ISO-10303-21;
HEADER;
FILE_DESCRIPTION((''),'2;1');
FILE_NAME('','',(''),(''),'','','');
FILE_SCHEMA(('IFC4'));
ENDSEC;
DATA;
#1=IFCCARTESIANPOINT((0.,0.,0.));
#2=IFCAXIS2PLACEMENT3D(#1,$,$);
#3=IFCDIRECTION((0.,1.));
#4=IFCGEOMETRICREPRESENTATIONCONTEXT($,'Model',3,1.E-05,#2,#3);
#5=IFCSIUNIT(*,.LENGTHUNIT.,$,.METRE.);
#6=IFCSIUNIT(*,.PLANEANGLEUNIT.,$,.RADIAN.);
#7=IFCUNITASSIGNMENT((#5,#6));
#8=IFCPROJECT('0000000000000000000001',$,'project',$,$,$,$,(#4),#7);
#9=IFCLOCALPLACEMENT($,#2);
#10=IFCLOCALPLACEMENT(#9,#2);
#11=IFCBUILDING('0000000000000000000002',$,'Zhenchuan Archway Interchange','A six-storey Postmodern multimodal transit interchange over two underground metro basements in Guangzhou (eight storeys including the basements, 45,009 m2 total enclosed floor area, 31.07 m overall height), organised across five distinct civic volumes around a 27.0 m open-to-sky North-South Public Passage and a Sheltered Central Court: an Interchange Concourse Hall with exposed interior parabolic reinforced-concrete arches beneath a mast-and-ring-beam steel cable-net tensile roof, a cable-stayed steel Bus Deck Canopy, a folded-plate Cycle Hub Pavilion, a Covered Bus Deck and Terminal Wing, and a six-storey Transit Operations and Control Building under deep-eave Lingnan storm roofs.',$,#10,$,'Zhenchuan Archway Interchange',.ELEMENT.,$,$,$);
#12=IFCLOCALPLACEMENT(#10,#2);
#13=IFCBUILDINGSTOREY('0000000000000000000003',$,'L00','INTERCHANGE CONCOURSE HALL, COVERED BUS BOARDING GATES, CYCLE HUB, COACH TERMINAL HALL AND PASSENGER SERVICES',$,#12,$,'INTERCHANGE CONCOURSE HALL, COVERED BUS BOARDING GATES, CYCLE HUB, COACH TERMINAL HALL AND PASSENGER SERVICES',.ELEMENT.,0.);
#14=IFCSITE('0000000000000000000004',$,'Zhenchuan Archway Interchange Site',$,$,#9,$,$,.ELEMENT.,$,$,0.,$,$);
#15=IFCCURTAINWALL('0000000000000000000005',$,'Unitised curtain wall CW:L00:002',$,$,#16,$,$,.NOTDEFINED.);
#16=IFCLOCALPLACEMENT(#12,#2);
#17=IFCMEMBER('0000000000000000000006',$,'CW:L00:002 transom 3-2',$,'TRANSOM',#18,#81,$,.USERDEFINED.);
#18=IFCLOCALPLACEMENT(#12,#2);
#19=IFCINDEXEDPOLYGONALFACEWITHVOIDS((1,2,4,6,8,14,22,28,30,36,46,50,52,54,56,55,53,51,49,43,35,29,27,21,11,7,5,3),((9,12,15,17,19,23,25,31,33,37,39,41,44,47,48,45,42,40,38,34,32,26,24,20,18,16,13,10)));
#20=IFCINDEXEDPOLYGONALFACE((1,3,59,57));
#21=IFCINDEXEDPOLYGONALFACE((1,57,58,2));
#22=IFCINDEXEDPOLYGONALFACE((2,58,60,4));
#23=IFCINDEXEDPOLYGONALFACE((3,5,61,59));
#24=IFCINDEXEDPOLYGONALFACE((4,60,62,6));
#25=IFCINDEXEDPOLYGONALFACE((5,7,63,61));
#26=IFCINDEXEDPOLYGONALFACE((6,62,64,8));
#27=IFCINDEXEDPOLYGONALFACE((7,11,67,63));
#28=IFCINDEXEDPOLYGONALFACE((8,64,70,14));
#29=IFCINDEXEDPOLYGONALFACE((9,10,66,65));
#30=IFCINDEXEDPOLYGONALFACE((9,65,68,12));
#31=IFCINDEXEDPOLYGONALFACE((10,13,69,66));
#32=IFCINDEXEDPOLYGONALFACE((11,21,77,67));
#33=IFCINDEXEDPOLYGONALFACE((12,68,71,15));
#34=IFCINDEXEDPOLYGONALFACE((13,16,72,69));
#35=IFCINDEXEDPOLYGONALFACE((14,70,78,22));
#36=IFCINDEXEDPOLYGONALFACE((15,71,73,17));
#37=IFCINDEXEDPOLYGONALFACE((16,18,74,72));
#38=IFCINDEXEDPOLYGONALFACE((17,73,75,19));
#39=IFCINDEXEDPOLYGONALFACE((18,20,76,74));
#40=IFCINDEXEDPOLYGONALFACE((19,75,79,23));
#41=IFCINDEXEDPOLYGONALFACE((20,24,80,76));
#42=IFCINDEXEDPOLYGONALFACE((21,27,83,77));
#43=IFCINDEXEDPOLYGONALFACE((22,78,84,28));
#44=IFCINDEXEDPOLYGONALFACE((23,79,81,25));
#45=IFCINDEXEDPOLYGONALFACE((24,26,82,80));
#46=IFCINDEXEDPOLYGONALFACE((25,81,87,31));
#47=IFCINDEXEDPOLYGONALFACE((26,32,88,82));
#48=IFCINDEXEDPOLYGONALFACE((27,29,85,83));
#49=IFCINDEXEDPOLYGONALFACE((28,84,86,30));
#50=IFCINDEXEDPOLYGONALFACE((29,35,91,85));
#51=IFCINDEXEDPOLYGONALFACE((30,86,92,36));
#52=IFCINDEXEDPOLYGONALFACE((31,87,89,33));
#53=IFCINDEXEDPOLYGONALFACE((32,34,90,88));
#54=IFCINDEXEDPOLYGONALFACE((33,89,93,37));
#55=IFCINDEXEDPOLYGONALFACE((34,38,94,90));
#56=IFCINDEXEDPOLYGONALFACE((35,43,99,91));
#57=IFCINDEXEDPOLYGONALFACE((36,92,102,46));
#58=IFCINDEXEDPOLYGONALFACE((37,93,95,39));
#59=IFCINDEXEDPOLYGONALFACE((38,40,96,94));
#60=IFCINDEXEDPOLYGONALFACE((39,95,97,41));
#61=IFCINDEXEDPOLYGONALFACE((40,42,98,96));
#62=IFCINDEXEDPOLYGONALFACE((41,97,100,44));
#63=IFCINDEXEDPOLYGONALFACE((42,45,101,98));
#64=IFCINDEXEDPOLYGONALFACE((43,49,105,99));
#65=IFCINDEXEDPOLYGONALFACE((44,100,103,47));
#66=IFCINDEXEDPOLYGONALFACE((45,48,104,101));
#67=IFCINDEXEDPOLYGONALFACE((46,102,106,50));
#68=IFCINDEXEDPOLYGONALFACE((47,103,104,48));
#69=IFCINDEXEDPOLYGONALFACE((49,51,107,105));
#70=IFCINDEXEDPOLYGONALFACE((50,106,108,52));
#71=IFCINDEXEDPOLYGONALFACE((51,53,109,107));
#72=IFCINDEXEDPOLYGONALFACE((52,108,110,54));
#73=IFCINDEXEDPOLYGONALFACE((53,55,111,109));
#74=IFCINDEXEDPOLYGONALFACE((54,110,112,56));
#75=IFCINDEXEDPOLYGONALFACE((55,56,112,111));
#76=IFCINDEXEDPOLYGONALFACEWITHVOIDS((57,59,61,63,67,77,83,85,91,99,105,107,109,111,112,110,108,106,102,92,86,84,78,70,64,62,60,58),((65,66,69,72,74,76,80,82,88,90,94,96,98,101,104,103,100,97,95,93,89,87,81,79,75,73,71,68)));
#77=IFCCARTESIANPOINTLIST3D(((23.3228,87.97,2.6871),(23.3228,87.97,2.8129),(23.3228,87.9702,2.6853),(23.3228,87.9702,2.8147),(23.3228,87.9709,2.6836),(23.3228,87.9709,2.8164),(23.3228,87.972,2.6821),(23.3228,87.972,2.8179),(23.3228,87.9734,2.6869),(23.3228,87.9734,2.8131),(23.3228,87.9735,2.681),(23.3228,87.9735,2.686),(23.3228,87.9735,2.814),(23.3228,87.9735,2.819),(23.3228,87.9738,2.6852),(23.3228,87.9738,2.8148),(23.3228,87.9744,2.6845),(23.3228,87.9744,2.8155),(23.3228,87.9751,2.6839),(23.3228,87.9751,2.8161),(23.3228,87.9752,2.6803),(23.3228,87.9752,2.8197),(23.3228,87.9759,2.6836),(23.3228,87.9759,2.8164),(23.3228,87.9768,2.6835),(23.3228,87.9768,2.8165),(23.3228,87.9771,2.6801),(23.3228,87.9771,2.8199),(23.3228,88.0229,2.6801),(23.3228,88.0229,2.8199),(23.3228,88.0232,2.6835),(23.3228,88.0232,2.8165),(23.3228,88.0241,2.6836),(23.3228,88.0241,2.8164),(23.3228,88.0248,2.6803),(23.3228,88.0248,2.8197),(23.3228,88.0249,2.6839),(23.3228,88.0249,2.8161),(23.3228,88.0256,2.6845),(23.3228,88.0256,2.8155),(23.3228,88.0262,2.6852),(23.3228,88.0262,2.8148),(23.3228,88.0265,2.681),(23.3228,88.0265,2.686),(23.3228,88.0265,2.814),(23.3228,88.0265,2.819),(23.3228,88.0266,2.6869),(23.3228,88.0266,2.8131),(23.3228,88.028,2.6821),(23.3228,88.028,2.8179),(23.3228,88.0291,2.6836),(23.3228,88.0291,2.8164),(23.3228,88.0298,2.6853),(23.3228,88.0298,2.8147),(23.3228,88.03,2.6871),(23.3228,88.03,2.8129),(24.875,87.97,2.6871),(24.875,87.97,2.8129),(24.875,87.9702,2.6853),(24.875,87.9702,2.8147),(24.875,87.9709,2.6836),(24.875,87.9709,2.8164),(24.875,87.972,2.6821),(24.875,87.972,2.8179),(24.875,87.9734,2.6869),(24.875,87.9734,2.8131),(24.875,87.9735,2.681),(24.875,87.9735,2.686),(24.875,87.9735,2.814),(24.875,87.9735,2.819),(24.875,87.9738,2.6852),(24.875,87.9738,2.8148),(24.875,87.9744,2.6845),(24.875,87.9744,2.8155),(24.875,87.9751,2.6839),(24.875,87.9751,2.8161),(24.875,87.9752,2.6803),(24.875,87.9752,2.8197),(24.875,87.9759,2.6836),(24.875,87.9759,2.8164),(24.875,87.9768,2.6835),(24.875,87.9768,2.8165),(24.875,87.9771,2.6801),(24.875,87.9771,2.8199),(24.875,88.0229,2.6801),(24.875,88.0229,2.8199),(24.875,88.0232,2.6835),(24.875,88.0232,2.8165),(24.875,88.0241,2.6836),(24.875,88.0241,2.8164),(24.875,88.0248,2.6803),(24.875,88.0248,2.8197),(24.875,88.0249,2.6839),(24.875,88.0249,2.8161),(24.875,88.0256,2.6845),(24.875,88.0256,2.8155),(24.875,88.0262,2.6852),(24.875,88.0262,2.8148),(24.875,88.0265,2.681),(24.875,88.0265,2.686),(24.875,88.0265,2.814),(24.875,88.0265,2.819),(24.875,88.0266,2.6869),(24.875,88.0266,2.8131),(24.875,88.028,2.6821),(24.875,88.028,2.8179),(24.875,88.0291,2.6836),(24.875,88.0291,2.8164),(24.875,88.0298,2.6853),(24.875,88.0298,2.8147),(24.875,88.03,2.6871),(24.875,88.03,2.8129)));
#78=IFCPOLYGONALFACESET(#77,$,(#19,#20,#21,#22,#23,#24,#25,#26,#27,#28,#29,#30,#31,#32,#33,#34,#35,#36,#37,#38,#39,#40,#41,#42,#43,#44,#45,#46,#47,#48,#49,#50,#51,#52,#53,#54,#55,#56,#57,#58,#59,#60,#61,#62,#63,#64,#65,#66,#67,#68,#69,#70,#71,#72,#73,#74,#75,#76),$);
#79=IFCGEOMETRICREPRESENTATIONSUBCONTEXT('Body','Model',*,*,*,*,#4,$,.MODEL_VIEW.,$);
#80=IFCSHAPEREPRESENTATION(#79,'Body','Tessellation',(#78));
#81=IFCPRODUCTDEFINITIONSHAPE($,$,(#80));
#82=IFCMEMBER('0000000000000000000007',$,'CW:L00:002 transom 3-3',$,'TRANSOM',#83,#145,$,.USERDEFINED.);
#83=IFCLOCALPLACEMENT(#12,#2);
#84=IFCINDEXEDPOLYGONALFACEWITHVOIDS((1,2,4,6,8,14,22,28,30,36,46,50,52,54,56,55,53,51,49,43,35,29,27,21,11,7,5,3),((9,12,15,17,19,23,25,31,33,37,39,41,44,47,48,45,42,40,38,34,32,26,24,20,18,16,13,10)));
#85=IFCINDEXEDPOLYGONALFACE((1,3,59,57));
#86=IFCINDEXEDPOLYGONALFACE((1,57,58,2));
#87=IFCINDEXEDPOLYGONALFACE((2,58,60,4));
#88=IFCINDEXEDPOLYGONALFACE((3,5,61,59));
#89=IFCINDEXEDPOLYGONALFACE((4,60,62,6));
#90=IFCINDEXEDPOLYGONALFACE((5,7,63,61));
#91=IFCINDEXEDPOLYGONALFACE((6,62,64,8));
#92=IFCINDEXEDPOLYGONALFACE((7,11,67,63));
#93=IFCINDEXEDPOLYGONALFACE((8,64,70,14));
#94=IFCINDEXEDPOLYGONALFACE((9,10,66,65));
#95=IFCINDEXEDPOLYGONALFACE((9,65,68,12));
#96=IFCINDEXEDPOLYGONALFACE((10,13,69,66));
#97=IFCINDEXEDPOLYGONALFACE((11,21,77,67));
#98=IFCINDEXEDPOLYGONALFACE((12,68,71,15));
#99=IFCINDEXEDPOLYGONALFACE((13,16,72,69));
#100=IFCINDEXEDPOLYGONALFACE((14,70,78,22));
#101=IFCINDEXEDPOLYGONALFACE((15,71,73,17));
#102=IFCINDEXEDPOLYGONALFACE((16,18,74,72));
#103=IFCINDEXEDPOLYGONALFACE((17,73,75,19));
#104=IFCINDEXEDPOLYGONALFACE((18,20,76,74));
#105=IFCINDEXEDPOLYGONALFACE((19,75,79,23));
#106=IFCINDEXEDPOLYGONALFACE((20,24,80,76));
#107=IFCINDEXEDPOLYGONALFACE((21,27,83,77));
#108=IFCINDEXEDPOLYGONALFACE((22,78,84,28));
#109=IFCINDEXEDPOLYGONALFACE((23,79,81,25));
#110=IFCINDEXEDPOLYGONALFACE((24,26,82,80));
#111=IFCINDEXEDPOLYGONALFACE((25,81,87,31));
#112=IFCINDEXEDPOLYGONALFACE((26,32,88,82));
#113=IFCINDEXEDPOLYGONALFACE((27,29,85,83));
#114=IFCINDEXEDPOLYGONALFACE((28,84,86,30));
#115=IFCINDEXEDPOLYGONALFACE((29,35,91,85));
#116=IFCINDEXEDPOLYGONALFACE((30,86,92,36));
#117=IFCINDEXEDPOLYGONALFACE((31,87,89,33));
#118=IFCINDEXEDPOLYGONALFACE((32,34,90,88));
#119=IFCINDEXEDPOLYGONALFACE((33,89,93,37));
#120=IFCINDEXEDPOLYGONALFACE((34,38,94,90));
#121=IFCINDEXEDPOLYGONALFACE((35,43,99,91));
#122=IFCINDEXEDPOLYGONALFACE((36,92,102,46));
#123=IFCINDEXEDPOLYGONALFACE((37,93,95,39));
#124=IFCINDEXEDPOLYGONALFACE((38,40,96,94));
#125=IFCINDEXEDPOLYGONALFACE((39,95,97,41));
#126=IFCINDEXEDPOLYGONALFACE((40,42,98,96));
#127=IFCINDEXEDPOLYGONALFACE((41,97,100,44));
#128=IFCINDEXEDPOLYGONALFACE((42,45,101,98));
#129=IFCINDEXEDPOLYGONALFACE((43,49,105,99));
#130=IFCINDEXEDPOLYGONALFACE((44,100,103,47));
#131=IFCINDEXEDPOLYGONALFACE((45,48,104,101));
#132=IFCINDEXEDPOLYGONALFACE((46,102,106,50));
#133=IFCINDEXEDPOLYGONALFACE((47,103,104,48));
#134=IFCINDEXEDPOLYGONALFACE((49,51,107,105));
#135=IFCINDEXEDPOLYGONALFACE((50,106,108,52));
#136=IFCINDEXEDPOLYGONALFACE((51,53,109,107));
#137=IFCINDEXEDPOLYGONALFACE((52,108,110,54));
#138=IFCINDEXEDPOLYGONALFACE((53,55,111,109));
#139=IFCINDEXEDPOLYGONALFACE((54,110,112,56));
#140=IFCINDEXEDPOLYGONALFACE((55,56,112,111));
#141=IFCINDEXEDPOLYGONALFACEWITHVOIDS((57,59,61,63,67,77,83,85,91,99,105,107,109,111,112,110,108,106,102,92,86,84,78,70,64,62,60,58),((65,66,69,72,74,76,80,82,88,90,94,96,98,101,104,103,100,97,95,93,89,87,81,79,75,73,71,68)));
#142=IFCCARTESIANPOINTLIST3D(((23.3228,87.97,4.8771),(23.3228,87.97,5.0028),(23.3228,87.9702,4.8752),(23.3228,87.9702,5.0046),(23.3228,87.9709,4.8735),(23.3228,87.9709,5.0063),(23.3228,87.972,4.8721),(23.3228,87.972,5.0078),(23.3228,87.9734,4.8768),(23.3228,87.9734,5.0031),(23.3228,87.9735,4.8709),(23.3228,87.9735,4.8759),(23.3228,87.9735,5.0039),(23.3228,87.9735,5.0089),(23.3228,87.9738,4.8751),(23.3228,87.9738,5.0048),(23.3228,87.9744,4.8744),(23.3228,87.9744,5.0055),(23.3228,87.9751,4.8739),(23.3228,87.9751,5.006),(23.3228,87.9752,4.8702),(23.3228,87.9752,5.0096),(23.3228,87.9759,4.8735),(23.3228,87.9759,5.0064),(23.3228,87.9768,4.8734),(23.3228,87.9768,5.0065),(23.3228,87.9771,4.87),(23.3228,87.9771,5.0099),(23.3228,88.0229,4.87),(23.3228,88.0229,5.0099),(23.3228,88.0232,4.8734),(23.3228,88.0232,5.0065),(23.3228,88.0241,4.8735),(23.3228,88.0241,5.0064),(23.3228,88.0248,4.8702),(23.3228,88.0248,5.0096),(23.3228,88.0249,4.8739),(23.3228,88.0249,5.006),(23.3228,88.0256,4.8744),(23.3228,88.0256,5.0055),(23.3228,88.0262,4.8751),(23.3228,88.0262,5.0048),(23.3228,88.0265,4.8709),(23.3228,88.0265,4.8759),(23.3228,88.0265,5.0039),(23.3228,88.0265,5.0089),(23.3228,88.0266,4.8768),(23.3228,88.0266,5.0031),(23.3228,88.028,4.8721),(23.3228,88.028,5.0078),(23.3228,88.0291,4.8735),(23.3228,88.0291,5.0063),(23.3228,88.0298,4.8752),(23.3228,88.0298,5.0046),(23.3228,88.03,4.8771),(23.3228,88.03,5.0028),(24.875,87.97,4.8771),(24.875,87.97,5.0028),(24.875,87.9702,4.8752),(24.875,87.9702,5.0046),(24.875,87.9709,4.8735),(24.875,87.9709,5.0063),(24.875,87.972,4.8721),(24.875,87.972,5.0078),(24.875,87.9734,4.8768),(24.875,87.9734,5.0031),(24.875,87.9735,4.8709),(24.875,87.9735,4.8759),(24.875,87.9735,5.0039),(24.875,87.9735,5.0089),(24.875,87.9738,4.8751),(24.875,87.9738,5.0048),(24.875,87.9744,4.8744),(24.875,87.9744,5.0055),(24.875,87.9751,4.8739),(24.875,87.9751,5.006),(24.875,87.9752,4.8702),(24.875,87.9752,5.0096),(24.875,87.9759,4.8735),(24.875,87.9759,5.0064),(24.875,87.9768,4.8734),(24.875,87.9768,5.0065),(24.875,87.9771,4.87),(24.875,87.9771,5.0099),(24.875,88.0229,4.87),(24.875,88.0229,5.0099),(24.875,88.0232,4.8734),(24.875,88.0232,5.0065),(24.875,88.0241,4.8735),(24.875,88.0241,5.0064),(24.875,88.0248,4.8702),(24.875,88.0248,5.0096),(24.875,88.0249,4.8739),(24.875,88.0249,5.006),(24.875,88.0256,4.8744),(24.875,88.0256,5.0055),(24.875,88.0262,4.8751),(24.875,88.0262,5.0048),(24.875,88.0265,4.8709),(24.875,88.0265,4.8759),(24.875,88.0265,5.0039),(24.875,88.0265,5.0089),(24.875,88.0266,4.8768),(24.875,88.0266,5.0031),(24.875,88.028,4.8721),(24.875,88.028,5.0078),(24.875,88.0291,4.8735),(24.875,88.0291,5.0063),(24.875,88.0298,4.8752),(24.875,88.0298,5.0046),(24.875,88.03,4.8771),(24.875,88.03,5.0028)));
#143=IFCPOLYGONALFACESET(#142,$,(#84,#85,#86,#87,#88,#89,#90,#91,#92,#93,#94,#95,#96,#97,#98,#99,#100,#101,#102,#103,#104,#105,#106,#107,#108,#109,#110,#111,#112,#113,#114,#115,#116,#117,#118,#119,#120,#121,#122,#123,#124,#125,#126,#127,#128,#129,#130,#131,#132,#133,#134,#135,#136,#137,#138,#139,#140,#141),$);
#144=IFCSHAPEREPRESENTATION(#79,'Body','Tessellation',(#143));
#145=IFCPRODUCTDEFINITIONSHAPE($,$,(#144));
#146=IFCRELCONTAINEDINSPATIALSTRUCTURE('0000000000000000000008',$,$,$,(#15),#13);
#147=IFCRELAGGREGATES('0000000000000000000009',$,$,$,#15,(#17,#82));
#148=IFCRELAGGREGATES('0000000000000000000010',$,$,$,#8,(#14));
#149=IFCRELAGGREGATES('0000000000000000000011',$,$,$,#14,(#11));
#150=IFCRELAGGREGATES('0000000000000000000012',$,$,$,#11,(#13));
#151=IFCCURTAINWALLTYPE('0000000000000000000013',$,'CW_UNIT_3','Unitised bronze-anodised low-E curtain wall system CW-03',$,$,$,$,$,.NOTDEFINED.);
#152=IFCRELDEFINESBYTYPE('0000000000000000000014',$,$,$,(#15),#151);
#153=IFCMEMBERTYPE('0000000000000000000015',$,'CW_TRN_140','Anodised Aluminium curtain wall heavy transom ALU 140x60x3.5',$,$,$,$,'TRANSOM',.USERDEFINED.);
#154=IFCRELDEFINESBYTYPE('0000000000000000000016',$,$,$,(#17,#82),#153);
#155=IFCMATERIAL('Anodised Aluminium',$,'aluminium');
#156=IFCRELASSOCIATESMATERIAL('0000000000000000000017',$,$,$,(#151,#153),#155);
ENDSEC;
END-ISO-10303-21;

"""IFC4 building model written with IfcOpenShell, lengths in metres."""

from ifc_helpers import new_model, si_unit, direction, frame, origin, origin_2d, place, context, subcontext, project, spatial, hollow_rectangle, extrude, material, material_profile, profile_set, type_object, element, aggregate, save


model = new_model("IFC4")

# Units and contexts
model_context = context("Model", 3, precision=1e-05, world=origin(), true_north=direction((0.0, 1.0)))
body_context = subcontext(model_context, "Body", "Model", "MODEL_VIEW")
ifc_project = project(units=[si_unit("LENGTHUNIT", "METRE"), si_unit("PLANEANGLEUNIT", "RADIAN")], contexts=[model_context])

# Site, building, storey
site_placement = place(None, origin())
site = spatial("IfcSite", under=ifc_project, at=site_placement, Name="Zhenchuan Archway Interchange Site", CompositionType="ELEMENT", RefElevation=0.0)
building_placement = place(site_placement, origin())
building = spatial("IfcBuilding", under=site, at=building_placement, Name="Zhenchuan Archway Interchange", Description="A six-storey Postmodern multimodal transit interchange over two underground metro basements in Guangzhou (eight storeys including the basements, 45,009 m2 total enclosed floor area, 31.07 m overall height), organised across five distinct civic volumes around a 27.0 m open-to-sky North-South Public Passage and a Sheltered Central Court: an Interchange Concourse Hall with exposed interior parabolic reinforced-concrete arches beneath a mast-and-ring-beam steel cable-net tensile roof, a cable-stayed steel Bus Deck Canopy, a folded-plate Cycle Hub Pavilion, a Covered Bus Deck and Terminal Wing, and a six-storey Transit Operations and Control Building under deep-eave Lingnan storm roofs.", LongName="Zhenchuan Archway Interchange", CompositionType="ELEMENT")
storey_placement = place(building_placement, origin())
storey = spatial("IfcBuildingStorey", under=building, at=storey_placement, Name="L00", Description="INTERCHANGE CONCOURSE HALL, COVERED BUS BOARDING GATES, CYCLE HUB, COACH TERMINAL HALL AND PASSENGER SERVICES", LongName="INTERCHANGE CONCOURSE HALL, COVERED BUS BOARDING GATES, CYCLE HUB, COACH TERMINAL HALL AND PASSENGER SERVICES", CompositionType="ELEMENT", Elevation=0.0)

# Curtain wall, members
ifc_material_1 = material(Name="Anodised Aluminium", Category="aluminium")
curtain_wall_type = type_object("IfcCurtainWallType", Name="CW_UNIT_3", Description="Unitised bronze-anodised low-E curtain wall system CW-03", PredefinedType="NOTDEFINED", material=ifc_material_1)
curtain_wall_placement = place(storey_placement, origin())
curtain_wall = element("IfcCurtainWall", 1, at=curtain_wall_placement, inside=storey, type_object=curtain_wall_type, Name="Unitised curtain wall CW:L00:002", PredefinedType="NOTDEFINED")
ifc_material_profile_1 = material_profile(ifc_material_1, hollow_rectangle(XDim=0.0601, YDim=0.1399, WallThickness=0.0034, InnerFilletRadius=0.0034, OuterFilletRadius=0.0071, at=origin_2d()), Name="ALU 140x60x3.5")
ifc_profile_set_1 = profile_set([ifc_material_profile_1], Name="Anodised Aluminium")
member_type_1 = type_object("IfcMemberType", Name="CW_TRN_140", Description="Anodised Aluminium curtain wall heavy transom ALU 140x60x3.5", ElementType="TRANSOM", PredefinedType="USERDEFINED", material=ifc_profile_set_1)
member_1_placement = place(storey_placement, frame((23.3228, 88.0, 2.75), z_axis=(1.0, 0.0, 0.0), x_axis=(0.0, 1.0, 0.0)))
member_1 = element("IfcMember", 2, at=member_1_placement, type_object=member_type_1, Name="CW:L00:002 transom 3-2", ObjectType="TRANSOM", PredefinedType="USERDEFINED", context=body_context, shape_type="SweptSolid", body=[
    extrude(hollow_rectangle(XDim=0.0601, YDim=0.1399, WallThickness=0.0034, InnerFilletRadius=0.0034, OuterFilletRadius=0.0071, at=origin_2d()), origin(), (0.0, 0.0, 1.0), 1.5522),
])
member_2_placement = place(storey_placement, frame((23.3228, 88.0, 4.9399), z_axis=(1.0, 0.0, 0.0), x_axis=(0.0, 1.0, 0.0)))
member_2 = element("IfcMember", 3, at=member_2_placement, type_object=member_type_1, Name="CW:L00:002 transom 3-3", ObjectType="TRANSOM", PredefinedType="USERDEFINED", context=body_context, shape_type="SweptSolid", body=[
    extrude(hollow_rectangle(XDim=0.0601, YDim=0.1399, WallThickness=0.0034, InnerFilletRadius=0.0034, OuterFilletRadius=0.0071, at=origin_2d()), origin(), (0.0, 0.0, 1.0), 1.5522),
])
aggregate(curtain_wall, [member_1, member_2])

save(model, "model.ifc")
